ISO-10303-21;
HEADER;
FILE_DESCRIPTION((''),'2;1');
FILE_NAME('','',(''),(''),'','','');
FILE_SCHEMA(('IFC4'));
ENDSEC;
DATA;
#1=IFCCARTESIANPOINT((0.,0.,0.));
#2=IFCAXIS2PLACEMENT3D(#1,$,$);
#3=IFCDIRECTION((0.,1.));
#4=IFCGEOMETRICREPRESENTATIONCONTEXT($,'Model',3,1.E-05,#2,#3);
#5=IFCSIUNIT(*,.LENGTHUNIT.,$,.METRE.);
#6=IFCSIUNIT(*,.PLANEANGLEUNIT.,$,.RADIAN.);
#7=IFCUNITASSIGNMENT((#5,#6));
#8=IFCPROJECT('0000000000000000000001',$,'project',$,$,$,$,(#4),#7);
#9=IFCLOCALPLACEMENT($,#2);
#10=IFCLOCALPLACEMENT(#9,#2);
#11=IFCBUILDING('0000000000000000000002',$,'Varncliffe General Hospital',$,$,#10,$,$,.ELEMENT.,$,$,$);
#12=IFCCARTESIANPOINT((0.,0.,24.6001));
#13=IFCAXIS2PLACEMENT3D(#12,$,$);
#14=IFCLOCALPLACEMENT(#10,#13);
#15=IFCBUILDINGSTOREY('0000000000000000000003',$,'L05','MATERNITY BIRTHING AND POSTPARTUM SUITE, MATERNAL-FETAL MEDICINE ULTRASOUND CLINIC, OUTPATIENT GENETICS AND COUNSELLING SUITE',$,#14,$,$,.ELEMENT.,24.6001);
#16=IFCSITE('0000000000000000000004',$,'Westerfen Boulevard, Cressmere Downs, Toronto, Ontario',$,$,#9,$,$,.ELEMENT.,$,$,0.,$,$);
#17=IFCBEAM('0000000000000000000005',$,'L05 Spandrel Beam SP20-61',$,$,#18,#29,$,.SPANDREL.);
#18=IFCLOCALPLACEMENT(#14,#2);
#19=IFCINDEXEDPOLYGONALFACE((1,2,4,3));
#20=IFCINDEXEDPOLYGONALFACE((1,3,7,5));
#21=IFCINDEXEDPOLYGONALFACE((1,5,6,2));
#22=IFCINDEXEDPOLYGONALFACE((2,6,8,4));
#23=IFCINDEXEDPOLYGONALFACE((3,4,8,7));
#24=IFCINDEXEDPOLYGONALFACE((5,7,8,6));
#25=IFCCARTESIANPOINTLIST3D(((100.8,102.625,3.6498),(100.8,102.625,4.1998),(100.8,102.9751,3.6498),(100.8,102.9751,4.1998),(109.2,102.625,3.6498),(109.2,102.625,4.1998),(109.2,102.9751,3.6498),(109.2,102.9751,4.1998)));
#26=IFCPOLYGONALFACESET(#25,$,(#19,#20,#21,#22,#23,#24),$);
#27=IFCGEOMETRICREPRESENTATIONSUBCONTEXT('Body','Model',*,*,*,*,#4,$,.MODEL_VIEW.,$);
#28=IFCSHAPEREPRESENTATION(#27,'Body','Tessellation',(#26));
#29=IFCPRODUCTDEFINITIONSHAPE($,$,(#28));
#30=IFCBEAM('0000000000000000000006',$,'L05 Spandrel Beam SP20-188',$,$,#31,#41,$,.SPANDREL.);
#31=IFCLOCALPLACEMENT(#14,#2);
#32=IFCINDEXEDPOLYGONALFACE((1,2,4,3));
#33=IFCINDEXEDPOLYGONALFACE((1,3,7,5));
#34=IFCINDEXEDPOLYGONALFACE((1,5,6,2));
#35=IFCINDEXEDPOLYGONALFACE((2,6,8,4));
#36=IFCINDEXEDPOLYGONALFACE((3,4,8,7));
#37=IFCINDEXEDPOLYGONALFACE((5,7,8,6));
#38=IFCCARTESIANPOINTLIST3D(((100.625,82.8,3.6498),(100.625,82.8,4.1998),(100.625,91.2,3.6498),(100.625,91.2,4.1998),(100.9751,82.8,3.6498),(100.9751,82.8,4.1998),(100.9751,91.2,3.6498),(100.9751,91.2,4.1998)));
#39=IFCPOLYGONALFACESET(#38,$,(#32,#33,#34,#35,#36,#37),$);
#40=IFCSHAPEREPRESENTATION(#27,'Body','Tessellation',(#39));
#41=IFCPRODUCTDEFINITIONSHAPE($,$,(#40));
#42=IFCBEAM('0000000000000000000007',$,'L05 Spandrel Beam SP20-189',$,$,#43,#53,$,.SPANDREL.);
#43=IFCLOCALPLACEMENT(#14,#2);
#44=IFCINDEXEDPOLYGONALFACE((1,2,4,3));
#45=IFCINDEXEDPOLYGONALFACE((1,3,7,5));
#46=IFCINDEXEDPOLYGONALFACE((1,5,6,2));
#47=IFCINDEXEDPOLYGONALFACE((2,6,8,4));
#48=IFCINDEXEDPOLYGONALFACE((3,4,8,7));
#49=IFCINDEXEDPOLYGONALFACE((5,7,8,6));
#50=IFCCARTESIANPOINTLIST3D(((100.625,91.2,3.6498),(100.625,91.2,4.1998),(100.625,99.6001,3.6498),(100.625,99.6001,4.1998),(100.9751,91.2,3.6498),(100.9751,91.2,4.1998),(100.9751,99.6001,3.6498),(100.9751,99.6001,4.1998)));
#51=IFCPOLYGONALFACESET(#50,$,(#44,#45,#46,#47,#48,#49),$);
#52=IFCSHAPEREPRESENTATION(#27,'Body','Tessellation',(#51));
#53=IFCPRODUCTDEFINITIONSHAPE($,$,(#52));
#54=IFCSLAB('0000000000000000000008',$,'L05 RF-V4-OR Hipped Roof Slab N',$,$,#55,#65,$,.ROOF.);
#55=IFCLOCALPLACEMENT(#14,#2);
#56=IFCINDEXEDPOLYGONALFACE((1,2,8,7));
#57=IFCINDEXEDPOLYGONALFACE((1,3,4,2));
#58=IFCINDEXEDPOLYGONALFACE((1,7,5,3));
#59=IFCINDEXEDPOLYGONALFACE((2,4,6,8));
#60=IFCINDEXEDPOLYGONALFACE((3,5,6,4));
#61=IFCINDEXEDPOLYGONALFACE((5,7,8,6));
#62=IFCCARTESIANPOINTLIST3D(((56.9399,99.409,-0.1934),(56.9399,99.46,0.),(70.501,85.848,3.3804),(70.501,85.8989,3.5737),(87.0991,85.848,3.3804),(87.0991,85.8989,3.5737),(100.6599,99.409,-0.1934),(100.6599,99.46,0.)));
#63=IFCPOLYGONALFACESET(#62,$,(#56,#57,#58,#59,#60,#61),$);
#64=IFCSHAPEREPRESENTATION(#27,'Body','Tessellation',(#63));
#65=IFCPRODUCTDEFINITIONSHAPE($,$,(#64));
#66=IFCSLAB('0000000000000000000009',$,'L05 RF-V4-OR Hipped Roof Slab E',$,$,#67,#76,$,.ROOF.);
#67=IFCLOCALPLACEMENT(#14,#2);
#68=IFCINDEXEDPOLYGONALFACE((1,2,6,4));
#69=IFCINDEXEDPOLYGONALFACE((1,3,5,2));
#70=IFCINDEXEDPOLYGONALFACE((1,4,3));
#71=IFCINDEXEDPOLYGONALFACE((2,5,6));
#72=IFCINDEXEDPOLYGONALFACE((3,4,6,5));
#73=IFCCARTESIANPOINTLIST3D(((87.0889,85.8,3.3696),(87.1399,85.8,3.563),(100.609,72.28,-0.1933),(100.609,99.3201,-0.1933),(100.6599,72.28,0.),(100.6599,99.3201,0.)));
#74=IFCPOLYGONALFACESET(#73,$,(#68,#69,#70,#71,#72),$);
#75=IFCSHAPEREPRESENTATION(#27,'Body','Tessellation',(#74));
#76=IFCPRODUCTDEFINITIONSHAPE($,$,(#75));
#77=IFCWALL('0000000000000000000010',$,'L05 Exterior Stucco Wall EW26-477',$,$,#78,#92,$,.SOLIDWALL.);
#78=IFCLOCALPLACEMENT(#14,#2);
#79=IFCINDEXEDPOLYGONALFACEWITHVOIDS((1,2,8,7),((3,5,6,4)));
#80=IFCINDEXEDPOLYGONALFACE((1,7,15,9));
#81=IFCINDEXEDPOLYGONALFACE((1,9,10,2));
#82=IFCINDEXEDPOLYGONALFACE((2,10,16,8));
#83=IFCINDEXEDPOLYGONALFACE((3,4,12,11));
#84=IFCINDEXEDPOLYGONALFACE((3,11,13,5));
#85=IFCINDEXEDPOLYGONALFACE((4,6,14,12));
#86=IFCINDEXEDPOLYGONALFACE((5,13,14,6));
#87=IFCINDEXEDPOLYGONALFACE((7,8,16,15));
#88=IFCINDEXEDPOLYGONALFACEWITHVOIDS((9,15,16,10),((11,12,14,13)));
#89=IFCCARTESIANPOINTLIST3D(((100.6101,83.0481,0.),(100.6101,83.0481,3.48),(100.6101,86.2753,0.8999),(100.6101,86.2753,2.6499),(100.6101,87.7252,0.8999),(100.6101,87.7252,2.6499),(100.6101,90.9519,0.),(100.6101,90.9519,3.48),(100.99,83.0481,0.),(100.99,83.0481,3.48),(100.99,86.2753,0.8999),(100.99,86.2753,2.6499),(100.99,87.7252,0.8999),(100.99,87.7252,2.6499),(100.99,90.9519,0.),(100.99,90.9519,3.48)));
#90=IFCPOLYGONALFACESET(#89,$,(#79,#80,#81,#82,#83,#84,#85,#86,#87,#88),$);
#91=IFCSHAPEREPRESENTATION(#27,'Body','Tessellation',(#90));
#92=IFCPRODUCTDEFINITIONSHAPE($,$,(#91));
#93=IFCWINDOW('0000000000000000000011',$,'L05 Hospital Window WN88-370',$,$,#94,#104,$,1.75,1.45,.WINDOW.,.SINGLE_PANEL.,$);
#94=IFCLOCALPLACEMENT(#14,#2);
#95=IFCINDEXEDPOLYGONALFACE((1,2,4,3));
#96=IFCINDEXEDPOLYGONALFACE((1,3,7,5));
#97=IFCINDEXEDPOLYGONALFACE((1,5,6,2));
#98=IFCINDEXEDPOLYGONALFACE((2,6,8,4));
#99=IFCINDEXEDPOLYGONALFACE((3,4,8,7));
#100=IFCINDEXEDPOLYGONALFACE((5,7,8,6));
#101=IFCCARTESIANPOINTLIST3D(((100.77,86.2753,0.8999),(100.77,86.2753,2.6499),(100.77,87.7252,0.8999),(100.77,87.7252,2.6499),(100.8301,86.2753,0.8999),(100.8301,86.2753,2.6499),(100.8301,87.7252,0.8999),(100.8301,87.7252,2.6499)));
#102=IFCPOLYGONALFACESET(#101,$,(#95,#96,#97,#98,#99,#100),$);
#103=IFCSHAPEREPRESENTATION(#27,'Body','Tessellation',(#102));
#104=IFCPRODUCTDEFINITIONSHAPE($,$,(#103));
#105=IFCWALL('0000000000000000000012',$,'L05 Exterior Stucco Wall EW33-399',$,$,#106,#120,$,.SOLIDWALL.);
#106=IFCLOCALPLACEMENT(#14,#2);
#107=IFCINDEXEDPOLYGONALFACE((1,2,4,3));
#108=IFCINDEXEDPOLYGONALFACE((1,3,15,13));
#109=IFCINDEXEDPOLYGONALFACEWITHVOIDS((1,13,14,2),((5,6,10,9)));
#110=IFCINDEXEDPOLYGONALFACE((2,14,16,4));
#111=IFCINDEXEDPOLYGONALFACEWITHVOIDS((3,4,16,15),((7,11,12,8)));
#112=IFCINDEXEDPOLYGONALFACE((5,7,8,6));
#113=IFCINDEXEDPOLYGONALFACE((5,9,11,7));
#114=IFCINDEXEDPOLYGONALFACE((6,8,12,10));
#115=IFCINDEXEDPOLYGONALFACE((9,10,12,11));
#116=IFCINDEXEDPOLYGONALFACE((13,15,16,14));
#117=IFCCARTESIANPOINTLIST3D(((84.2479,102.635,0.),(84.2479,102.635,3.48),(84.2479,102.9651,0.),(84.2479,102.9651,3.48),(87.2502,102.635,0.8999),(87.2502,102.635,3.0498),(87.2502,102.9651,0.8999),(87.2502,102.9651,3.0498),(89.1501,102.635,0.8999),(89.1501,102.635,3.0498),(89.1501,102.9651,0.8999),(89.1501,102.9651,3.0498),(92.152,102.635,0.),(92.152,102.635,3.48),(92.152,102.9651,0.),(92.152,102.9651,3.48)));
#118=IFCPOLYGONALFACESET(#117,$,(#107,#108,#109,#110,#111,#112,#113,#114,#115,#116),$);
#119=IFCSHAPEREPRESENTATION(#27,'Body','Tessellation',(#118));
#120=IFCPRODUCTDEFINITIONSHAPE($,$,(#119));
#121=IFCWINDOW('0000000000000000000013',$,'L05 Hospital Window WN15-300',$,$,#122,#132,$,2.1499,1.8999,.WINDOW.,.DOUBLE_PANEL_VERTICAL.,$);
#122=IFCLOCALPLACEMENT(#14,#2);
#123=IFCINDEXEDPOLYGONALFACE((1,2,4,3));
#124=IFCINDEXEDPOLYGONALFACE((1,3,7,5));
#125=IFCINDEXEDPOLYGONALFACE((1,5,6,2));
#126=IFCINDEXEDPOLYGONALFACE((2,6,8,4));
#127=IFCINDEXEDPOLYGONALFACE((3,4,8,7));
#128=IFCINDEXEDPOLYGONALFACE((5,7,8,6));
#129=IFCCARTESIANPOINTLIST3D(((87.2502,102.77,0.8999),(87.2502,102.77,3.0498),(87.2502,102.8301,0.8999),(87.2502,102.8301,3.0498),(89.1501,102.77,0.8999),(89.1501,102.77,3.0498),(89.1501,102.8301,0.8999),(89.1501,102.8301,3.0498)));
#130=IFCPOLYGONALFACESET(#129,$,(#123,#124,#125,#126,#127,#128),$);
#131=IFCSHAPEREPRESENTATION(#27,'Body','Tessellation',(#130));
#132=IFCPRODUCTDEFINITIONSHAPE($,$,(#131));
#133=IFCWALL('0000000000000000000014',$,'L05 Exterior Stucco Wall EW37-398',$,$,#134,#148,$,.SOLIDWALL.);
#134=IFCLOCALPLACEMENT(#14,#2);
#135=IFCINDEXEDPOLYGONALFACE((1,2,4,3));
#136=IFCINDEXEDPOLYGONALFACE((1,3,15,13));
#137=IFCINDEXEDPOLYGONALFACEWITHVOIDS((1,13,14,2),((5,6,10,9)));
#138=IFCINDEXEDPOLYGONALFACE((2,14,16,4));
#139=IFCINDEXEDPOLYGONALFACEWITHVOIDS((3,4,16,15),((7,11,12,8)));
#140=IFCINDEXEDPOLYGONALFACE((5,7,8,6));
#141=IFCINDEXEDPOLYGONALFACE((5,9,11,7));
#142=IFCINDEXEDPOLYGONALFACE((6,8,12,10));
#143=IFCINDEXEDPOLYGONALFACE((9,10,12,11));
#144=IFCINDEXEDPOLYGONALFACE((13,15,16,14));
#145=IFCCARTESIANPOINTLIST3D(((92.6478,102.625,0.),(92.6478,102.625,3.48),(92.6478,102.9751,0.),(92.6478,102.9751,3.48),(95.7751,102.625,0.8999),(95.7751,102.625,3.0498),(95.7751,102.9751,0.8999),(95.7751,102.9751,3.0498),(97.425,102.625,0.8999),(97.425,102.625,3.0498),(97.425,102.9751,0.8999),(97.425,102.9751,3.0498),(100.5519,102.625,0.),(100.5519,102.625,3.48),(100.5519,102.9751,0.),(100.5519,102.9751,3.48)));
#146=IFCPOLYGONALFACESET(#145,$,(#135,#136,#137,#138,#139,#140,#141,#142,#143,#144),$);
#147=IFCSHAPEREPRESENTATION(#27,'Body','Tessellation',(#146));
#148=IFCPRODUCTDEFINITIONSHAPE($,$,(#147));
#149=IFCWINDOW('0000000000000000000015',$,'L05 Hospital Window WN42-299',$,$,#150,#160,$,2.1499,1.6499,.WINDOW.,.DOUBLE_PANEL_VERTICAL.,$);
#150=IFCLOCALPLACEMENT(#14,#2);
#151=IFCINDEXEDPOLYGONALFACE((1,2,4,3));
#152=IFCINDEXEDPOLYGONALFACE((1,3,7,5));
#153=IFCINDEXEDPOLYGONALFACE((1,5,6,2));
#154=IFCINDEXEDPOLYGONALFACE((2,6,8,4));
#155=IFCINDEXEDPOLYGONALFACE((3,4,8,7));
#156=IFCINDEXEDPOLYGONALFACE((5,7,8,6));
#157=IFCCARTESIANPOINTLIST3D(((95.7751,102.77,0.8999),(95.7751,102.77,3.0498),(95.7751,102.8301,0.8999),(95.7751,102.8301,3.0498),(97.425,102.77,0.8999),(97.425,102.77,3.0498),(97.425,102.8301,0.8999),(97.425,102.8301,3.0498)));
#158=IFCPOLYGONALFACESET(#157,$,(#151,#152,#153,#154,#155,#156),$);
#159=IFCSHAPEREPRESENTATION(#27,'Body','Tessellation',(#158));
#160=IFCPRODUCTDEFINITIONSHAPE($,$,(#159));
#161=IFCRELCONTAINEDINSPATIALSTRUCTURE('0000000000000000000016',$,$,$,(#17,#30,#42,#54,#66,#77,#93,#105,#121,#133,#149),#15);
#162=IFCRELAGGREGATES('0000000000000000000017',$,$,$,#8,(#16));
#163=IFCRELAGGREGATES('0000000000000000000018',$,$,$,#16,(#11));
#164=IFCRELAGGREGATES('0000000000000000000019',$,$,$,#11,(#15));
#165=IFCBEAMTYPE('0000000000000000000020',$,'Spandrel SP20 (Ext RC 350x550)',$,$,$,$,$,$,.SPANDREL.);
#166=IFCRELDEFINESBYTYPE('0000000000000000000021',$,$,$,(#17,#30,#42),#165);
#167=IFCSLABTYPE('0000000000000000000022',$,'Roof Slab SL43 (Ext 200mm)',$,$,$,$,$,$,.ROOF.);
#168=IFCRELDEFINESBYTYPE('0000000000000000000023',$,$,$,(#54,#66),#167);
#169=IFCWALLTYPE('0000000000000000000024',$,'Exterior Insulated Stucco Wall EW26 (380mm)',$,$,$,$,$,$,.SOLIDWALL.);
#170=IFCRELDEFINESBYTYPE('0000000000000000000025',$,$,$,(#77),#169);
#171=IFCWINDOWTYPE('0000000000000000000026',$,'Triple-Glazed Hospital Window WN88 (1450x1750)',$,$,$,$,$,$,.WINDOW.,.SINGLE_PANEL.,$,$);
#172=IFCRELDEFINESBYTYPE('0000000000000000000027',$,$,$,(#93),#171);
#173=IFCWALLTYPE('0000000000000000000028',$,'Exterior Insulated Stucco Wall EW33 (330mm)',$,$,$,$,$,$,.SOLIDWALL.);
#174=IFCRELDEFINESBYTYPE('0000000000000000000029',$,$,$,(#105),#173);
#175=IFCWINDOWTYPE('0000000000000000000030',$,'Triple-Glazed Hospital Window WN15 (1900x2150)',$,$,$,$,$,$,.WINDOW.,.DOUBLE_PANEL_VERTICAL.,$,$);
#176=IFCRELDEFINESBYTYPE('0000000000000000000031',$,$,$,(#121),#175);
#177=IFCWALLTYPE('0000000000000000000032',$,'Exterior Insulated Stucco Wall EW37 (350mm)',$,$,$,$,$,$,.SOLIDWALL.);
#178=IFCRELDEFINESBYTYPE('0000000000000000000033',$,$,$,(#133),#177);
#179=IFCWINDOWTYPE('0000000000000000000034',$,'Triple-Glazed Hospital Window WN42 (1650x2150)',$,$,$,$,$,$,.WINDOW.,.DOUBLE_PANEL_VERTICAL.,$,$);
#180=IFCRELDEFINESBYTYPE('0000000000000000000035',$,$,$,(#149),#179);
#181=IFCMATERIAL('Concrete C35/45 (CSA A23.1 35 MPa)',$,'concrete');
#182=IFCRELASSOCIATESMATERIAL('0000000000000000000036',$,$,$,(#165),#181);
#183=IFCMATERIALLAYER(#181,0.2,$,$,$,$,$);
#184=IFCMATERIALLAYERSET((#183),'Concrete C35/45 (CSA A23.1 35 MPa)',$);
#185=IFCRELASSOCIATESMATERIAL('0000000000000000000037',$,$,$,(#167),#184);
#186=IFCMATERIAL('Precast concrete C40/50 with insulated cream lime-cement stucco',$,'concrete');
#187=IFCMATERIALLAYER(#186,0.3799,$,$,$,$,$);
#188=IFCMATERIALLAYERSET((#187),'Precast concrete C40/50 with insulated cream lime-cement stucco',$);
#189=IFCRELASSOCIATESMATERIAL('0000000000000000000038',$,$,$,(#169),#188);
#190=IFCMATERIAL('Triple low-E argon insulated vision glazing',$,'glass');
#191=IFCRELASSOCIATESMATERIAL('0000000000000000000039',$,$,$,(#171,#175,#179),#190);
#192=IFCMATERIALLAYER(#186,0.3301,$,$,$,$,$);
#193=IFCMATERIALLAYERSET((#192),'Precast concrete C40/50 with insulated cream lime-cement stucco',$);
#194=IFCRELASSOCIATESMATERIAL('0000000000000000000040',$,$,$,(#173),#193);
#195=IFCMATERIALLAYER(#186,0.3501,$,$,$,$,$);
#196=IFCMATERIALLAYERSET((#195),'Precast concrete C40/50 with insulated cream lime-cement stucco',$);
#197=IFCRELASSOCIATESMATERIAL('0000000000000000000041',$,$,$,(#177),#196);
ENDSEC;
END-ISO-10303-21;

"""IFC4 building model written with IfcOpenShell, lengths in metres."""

from ifc_helpers import new_model, si_unit, direction, frame, frame_2d, origin, origin_2d, place, context, subcontext, project, spatial, polyline, rectangle, outline, extrude, material, layer, layer_set, material_profile, profile_set, type_object, element, fill, save


model = new_model("IFC4")

# Units and contexts
model_context = context("Model", 3, precision=1e-05, world=origin(), true_north=direction((0.0, 1.0)))
body_context = subcontext(model_context, "Body", "Model", "MODEL_VIEW")
ifc_project = project(units=[si_unit("LENGTHUNIT", "METRE"), si_unit("PLANEANGLEUNIT", "RADIAN")], contexts=[model_context])

# Site, building, storey
site_placement = place(None, origin())
site = spatial("IfcSite", under=ifc_project, at=site_placement, Name="Westerfen Boulevard, Cressmere Downs, Toronto, Ontario", CompositionType="ELEMENT", RefElevation=0.0)
building_placement = place(site_placement, origin())
building = spatial("IfcBuilding", under=site, at=building_placement, Name="Varncliffe General Hospital", CompositionType="ELEMENT")
storey_placement = place(building_placement, frame((0.0, 0.0, 24.6001)))
storey = spatial("IfcBuildingStorey", under=building, at=storey_placement, Name="L05", Description="MATERNITY BIRTHING AND POSTPARTUM SUITE, MATERNAL-FETAL MEDICINE ULTRASOUND CLINIC, OUTPATIENT GENETICS AND COUNSELLING SUITE", CompositionType="ELEMENT", Elevation=24.6001)

# Shared definitions
ifc_material_1 = material(Name="Concrete C35/45 (CSA A23.1 35 MPa)", Category="concrete")

# Beams
ifc_material_profile_1 = material_profile(ifc_material_1, rectangle(XDim=0.3501, YDim=0.55, at=origin_2d()), Name="RC 350x550")
ifc_profile_set_1 = profile_set([ifc_material_profile_1], Name="Concrete C35/45 (CSA A23.1 35 MPa)")
beam_type_1 = type_object("IfcBeamType", Name="Spandrel SP20 (Ext RC 350x550)", PredefinedType="SPANDREL", material=ifc_profile_set_1)
for number, where, z_axis, x_axis, name in (
    (1, (100.8, 102.8, 3.9248), (1.0, 0.0, 0.0), (0.0, 1.0, 0.0), "L05 Spandrel Beam SP20-61"),
    (2, (100.8, 82.8, 3.9248), (0.0, 1.0, 0.0), (-1.0, 0.0, 0.0), "L05 Spandrel Beam SP20-188"),
):
    element("IfcBeam", number, at=place(storey_placement, frame(where, z_axis=z_axis, x_axis=x_axis)), inside=storey, type_object=beam_type_1, Name=name, PredefinedType="SPANDREL", context=body_context, shape_type="SweptSolid", body=[
        extrude(rectangle(XDim=0.3501, YDim=0.55, at=origin_2d()), origin(), (0.0, 0.0, 1.0), 8.3999),
    ])
beam_1_placement = place(storey_placement, frame((100.8, 91.2, 3.9248), z_axis=(0.0, 1.0, 0.0), x_axis=(-1.0, 0.0, 0.0)))
element("IfcBeam", 3, at=beam_1_placement, inside=storey, type_object=beam_type_1, Name="L05 Spandrel Beam SP20-189", PredefinedType="SPANDREL", context=body_context, shape_type="SweptSolid", body=[
    extrude(rectangle(XDim=0.3501, YDim=0.55, at=origin_2d()), origin(), (0.0, 0.0, 1.0), 8.4001),
])

# Slabs
ifc_layer_1 = layer(ifc_material_1, 0.2)
ifc_layer_set_1 = layer_set([ifc_layer_1], Name="Concrete C35/45 (CSA A23.1 35 MPa)")
slab_type = type_object("IfcSlabType", Name="Roof Slab SL43 (Ext 200mm)", PredefinedType="ROOF", material=ifc_layer_set_1)
slab_1_placement = place(storey_placement, frame((100.6599, 99.46, 0.0), z_axis=(0.0, 0.254829, 0.966986), x_axis=(-1.0, 0.0, 0.0)))
element("IfcSlab", 4, at=slab_1_placement, inside=storey, type_object=slab_type, Name="L05 RF-V4-OR Hipped Roof Slab N", PredefinedType="ROOF", context=body_context, shape_type="SweptSolid", body=[
    extrude(outline(polyline([(0.0, 0.0), (43.72, 0.0), (30.1589, 14.024), (13.5608, 14.024), (0.0, 0.0)])), origin(), (0.0, 0.0, -1.0), 0.2),
])
slab_2_placement = place(storey_placement, frame((100.6599, 72.28, 0.0), z_axis=(0.254834, 0.0, 0.966985), x_axis=(0.0, 1.0, 0.0)))
element("IfcSlab", 5, at=slab_2_placement, inside=storey, type_object=slab_type, Name="L05 RF-V4-OR Hipped Roof Slab E", PredefinedType="ROOF", context=body_context, shape_type="SweptSolid", body=[
    extrude(outline(polyline([(0.0, 0.0), (27.04, 0.0), (13.52, 13.9816), (0.0, 0.0)])), origin(), (0.0, 0.0, -1.0), 0.2),
])

# Walls, openings, windows
ifc_material_2 = material(Name="Precast concrete C40/50 with insulated cream lime-cement stucco", Category="concrete")
ifc_layer_2 = layer(ifc_material_2, 0.3799)
ifc_layer_set_2 = layer_set([ifc_layer_2], Name="Precast concrete C40/50 with insulated cream lime-cement stucco")
wall_type_1 = type_object("IfcWallType", Name="Exterior Insulated Stucco Wall EW26 (380mm)", PredefinedType="SOLIDWALL", material=ifc_layer_set_2)
wall_1_placement = place(storey_placement, frame((100.8, 83.0481, 0.0), z_axis=(0.0, 0.0, 1.0), x_axis=(0.0, 1.0, 0.0)))
wall_1 = element("IfcWall", 6, at=wall_1_placement, inside=storey, type_object=wall_type_1, Name="L05 Exterior Stucco Wall EW26-477", PredefinedType="SOLIDWALL", context=body_context, shape_type="SweptSolid", body=[
    extrude(rectangle(XDim=7.9038, YDim=0.3799, at=frame_2d((3.9519, 0.0))), origin(), (0.0, 0.0, 1.0), 3.48),
])
opening_1_placement = place(wall_1_placement, frame((3.2271, 0.0, 0.8999)))
opening_1 = element("IfcOpeningElement", 7, at=opening_1_placement, cuts=wall_1, PredefinedType="OPENING", context=body_context, shape_type="SweptSolid", body=[
    extrude(rectangle(XDim=1.45, YDim=1.75, at=frame_2d((0.7251, 0.875))), frame((0.0, 0.2, 0.0), z_axis=(0.0, -1.0, 0.0), x_axis=(1.0, 0.0, 0.0)), (0.0, 0.0, 1.0), 0.3999),
])
ifc_material_3 = material(Name="Triple low-E argon insulated vision glazing", Category="glass")
window_type_1 = type_object("IfcWindowType", Name="Triple-Glazed Hospital Window WN88 (1450x1750)", PartitioningType="SINGLE_PANEL", PredefinedType="WINDOW", material=ifc_material_3)
window_1_placement = place(opening_1_placement, origin())
window_1 = element("IfcWindow", 8, at=window_1_placement, inside=storey, type_object=window_type_1, Name="L05 Hospital Window WN88-370", OverallHeight=1.75, OverallWidth=1.45, PartitioningType="SINGLE_PANEL", PredefinedType="WINDOW", context=body_context, shape_type="SweptSolid", body=[
    extrude(rectangle(XDim=1.45, YDim=1.75, at=frame_2d((0.7251, 0.875))), frame((0.0, 0.03, 0.0), z_axis=(0.0, -1.0, 0.0), x_axis=(1.0, 0.0, 0.0)), (0.0, 0.0, 1.0), 0.0601),
])
fill(opening_1, window_1)
ifc_layer_3 = layer(ifc_material_2, 0.3301)
ifc_layer_set_3 = layer_set([ifc_layer_3], Name="Precast concrete C40/50 with insulated cream lime-cement stucco")
wall_type_2 = type_object("IfcWallType", Name="Exterior Insulated Stucco Wall EW33 (330mm)", PredefinedType="SOLIDWALL", material=ifc_layer_set_3)
wall_2_placement = place(storey_placement, frame((92.1521, 102.8, 0.0), z_axis=(0.0, 0.0, 1.0), x_axis=(-1.0, 0.0, 0.0)))
wall_2 = element("IfcWall", 9, at=wall_2_placement, inside=storey, type_object=wall_type_2, Name="L05 Exterior Stucco Wall EW33-399", PredefinedType="SOLIDWALL", context=body_context, shape_type="SweptSolid", body=[
    extrude(rectangle(XDim=7.9041, YDim=0.3301, at=frame_2d((3.9521, 0.0))), origin(), (0.0, 0.0, 1.0), 3.48),
])
opening_2_placement = place(wall_2_placement, frame((3.002, 0.0, 0.8999)))
opening_2 = element("IfcOpeningElement", 10, at=opening_2_placement, cuts=wall_2, PredefinedType="OPENING", context=body_context, shape_type="SweptSolid", body=[
    extrude(rectangle(XDim=1.8999, YDim=2.1499, at=frame_2d((0.95, 1.075))), frame((0.0, 0.175, 0.0), z_axis=(0.0, -1.0, 0.0), x_axis=(1.0, 0.0, 0.0)), (0.0, 0.0, 1.0), 0.3501),
])
window_type_2 = type_object("IfcWindowType", Name="Triple-Glazed Hospital Window WN15 (1900x2150)", PartitioningType="DOUBLE_PANEL_VERTICAL", PredefinedType="WINDOW", material=ifc_material_3)
window_2_placement = place(opening_2_placement, origin())
window_2 = element("IfcWindow", 11, at=window_2_placement, inside=storey, type_object=window_type_2, Name="L05 Hospital Window WN15-300", OverallHeight=2.1499, OverallWidth=1.8999, PartitioningType="DOUBLE_PANEL_VERTICAL", PredefinedType="WINDOW", context=body_context, shape_type="SweptSolid", body=[
    extrude(rectangle(XDim=1.8999, YDim=2.1499, at=frame_2d((0.95, 1.075))), frame((0.0, 0.03, 0.0), z_axis=(0.0, -1.0, 0.0), x_axis=(1.0, 0.0, 0.0)), (0.0, 0.0, 1.0), 0.0601),
])
fill(opening_2, window_2)
ifc_layer_4 = layer(ifc_material_2, 0.3501)
ifc_layer_set_4 = layer_set([ifc_layer_4], Name="Precast concrete C40/50 with insulated cream lime-cement stucco")
wall_type_3 = type_object("IfcWallType", Name="Exterior Insulated Stucco Wall EW37 (350mm)", PredefinedType="SOLIDWALL", material=ifc_layer_set_4)
wall_3_placement = place(storey_placement, frame((100.552, 102.8, 0.0), z_axis=(0.0, 0.0, 1.0), x_axis=(-1.0, 0.0, 0.0)))
wall_3 = element("IfcWall", 12, at=wall_3_placement, inside=storey, type_object=wall_type_3, Name="L05 Exterior Stucco Wall EW37-398", PredefinedType="SOLIDWALL", context=body_context, shape_type="SweptSolid", body=[
    extrude(rectangle(XDim=7.9041, YDim=0.3501, at=frame_2d((3.9521, 0.0))), origin(), (0.0, 0.0, 1.0), 3.48),
])
opening_3_placement = place(wall_3_placement, frame((3.127, 0.0, 0.8999)))
opening_3 = element("IfcOpeningElement", 13, at=opening_3_placement, cuts=wall_3, PredefinedType="OPENING", context=body_context, shape_type="SweptSolid", body=[
    extrude(rectangle(XDim=1.6499, YDim=2.1499, at=frame_2d((0.825, 1.075))), frame((0.0, 0.1851, 0.0), z_axis=(0.0, -1.0, 0.0), x_axis=(1.0, 0.0, 0.0)), (0.0, 0.0, 1.0), 0.3701),
])
window_type_3 = type_object("IfcWindowType", Name="Triple-Glazed Hospital Window WN42 (1650x2150)", PartitioningType="DOUBLE_PANEL_VERTICAL", PredefinedType="WINDOW", material=ifc_material_3)
window_3_placement = place(opening_3_placement, origin())
window_3 = element("IfcWindow", 14, at=window_3_placement, inside=storey, type_object=window_type_3, Name="L05 Hospital Window WN42-299", OverallHeight=2.1499, OverallWidth=1.6499, PartitioningType="DOUBLE_PANEL_VERTICAL", PredefinedType="WINDOW", context=body_context, shape_type="SweptSolid", body=[
    extrude(rectangle(XDim=1.6499, YDim=2.1499, at=frame_2d((0.825, 1.075))), frame((0.0, 0.03, 0.0), z_axis=(0.0, -1.0, 0.0), x_axis=(1.0, 0.0, 0.0)), (0.0, 0.0, 1.0), 0.0601),
])
fill(opening_3, window_3)

save(model, "model.ifc")
